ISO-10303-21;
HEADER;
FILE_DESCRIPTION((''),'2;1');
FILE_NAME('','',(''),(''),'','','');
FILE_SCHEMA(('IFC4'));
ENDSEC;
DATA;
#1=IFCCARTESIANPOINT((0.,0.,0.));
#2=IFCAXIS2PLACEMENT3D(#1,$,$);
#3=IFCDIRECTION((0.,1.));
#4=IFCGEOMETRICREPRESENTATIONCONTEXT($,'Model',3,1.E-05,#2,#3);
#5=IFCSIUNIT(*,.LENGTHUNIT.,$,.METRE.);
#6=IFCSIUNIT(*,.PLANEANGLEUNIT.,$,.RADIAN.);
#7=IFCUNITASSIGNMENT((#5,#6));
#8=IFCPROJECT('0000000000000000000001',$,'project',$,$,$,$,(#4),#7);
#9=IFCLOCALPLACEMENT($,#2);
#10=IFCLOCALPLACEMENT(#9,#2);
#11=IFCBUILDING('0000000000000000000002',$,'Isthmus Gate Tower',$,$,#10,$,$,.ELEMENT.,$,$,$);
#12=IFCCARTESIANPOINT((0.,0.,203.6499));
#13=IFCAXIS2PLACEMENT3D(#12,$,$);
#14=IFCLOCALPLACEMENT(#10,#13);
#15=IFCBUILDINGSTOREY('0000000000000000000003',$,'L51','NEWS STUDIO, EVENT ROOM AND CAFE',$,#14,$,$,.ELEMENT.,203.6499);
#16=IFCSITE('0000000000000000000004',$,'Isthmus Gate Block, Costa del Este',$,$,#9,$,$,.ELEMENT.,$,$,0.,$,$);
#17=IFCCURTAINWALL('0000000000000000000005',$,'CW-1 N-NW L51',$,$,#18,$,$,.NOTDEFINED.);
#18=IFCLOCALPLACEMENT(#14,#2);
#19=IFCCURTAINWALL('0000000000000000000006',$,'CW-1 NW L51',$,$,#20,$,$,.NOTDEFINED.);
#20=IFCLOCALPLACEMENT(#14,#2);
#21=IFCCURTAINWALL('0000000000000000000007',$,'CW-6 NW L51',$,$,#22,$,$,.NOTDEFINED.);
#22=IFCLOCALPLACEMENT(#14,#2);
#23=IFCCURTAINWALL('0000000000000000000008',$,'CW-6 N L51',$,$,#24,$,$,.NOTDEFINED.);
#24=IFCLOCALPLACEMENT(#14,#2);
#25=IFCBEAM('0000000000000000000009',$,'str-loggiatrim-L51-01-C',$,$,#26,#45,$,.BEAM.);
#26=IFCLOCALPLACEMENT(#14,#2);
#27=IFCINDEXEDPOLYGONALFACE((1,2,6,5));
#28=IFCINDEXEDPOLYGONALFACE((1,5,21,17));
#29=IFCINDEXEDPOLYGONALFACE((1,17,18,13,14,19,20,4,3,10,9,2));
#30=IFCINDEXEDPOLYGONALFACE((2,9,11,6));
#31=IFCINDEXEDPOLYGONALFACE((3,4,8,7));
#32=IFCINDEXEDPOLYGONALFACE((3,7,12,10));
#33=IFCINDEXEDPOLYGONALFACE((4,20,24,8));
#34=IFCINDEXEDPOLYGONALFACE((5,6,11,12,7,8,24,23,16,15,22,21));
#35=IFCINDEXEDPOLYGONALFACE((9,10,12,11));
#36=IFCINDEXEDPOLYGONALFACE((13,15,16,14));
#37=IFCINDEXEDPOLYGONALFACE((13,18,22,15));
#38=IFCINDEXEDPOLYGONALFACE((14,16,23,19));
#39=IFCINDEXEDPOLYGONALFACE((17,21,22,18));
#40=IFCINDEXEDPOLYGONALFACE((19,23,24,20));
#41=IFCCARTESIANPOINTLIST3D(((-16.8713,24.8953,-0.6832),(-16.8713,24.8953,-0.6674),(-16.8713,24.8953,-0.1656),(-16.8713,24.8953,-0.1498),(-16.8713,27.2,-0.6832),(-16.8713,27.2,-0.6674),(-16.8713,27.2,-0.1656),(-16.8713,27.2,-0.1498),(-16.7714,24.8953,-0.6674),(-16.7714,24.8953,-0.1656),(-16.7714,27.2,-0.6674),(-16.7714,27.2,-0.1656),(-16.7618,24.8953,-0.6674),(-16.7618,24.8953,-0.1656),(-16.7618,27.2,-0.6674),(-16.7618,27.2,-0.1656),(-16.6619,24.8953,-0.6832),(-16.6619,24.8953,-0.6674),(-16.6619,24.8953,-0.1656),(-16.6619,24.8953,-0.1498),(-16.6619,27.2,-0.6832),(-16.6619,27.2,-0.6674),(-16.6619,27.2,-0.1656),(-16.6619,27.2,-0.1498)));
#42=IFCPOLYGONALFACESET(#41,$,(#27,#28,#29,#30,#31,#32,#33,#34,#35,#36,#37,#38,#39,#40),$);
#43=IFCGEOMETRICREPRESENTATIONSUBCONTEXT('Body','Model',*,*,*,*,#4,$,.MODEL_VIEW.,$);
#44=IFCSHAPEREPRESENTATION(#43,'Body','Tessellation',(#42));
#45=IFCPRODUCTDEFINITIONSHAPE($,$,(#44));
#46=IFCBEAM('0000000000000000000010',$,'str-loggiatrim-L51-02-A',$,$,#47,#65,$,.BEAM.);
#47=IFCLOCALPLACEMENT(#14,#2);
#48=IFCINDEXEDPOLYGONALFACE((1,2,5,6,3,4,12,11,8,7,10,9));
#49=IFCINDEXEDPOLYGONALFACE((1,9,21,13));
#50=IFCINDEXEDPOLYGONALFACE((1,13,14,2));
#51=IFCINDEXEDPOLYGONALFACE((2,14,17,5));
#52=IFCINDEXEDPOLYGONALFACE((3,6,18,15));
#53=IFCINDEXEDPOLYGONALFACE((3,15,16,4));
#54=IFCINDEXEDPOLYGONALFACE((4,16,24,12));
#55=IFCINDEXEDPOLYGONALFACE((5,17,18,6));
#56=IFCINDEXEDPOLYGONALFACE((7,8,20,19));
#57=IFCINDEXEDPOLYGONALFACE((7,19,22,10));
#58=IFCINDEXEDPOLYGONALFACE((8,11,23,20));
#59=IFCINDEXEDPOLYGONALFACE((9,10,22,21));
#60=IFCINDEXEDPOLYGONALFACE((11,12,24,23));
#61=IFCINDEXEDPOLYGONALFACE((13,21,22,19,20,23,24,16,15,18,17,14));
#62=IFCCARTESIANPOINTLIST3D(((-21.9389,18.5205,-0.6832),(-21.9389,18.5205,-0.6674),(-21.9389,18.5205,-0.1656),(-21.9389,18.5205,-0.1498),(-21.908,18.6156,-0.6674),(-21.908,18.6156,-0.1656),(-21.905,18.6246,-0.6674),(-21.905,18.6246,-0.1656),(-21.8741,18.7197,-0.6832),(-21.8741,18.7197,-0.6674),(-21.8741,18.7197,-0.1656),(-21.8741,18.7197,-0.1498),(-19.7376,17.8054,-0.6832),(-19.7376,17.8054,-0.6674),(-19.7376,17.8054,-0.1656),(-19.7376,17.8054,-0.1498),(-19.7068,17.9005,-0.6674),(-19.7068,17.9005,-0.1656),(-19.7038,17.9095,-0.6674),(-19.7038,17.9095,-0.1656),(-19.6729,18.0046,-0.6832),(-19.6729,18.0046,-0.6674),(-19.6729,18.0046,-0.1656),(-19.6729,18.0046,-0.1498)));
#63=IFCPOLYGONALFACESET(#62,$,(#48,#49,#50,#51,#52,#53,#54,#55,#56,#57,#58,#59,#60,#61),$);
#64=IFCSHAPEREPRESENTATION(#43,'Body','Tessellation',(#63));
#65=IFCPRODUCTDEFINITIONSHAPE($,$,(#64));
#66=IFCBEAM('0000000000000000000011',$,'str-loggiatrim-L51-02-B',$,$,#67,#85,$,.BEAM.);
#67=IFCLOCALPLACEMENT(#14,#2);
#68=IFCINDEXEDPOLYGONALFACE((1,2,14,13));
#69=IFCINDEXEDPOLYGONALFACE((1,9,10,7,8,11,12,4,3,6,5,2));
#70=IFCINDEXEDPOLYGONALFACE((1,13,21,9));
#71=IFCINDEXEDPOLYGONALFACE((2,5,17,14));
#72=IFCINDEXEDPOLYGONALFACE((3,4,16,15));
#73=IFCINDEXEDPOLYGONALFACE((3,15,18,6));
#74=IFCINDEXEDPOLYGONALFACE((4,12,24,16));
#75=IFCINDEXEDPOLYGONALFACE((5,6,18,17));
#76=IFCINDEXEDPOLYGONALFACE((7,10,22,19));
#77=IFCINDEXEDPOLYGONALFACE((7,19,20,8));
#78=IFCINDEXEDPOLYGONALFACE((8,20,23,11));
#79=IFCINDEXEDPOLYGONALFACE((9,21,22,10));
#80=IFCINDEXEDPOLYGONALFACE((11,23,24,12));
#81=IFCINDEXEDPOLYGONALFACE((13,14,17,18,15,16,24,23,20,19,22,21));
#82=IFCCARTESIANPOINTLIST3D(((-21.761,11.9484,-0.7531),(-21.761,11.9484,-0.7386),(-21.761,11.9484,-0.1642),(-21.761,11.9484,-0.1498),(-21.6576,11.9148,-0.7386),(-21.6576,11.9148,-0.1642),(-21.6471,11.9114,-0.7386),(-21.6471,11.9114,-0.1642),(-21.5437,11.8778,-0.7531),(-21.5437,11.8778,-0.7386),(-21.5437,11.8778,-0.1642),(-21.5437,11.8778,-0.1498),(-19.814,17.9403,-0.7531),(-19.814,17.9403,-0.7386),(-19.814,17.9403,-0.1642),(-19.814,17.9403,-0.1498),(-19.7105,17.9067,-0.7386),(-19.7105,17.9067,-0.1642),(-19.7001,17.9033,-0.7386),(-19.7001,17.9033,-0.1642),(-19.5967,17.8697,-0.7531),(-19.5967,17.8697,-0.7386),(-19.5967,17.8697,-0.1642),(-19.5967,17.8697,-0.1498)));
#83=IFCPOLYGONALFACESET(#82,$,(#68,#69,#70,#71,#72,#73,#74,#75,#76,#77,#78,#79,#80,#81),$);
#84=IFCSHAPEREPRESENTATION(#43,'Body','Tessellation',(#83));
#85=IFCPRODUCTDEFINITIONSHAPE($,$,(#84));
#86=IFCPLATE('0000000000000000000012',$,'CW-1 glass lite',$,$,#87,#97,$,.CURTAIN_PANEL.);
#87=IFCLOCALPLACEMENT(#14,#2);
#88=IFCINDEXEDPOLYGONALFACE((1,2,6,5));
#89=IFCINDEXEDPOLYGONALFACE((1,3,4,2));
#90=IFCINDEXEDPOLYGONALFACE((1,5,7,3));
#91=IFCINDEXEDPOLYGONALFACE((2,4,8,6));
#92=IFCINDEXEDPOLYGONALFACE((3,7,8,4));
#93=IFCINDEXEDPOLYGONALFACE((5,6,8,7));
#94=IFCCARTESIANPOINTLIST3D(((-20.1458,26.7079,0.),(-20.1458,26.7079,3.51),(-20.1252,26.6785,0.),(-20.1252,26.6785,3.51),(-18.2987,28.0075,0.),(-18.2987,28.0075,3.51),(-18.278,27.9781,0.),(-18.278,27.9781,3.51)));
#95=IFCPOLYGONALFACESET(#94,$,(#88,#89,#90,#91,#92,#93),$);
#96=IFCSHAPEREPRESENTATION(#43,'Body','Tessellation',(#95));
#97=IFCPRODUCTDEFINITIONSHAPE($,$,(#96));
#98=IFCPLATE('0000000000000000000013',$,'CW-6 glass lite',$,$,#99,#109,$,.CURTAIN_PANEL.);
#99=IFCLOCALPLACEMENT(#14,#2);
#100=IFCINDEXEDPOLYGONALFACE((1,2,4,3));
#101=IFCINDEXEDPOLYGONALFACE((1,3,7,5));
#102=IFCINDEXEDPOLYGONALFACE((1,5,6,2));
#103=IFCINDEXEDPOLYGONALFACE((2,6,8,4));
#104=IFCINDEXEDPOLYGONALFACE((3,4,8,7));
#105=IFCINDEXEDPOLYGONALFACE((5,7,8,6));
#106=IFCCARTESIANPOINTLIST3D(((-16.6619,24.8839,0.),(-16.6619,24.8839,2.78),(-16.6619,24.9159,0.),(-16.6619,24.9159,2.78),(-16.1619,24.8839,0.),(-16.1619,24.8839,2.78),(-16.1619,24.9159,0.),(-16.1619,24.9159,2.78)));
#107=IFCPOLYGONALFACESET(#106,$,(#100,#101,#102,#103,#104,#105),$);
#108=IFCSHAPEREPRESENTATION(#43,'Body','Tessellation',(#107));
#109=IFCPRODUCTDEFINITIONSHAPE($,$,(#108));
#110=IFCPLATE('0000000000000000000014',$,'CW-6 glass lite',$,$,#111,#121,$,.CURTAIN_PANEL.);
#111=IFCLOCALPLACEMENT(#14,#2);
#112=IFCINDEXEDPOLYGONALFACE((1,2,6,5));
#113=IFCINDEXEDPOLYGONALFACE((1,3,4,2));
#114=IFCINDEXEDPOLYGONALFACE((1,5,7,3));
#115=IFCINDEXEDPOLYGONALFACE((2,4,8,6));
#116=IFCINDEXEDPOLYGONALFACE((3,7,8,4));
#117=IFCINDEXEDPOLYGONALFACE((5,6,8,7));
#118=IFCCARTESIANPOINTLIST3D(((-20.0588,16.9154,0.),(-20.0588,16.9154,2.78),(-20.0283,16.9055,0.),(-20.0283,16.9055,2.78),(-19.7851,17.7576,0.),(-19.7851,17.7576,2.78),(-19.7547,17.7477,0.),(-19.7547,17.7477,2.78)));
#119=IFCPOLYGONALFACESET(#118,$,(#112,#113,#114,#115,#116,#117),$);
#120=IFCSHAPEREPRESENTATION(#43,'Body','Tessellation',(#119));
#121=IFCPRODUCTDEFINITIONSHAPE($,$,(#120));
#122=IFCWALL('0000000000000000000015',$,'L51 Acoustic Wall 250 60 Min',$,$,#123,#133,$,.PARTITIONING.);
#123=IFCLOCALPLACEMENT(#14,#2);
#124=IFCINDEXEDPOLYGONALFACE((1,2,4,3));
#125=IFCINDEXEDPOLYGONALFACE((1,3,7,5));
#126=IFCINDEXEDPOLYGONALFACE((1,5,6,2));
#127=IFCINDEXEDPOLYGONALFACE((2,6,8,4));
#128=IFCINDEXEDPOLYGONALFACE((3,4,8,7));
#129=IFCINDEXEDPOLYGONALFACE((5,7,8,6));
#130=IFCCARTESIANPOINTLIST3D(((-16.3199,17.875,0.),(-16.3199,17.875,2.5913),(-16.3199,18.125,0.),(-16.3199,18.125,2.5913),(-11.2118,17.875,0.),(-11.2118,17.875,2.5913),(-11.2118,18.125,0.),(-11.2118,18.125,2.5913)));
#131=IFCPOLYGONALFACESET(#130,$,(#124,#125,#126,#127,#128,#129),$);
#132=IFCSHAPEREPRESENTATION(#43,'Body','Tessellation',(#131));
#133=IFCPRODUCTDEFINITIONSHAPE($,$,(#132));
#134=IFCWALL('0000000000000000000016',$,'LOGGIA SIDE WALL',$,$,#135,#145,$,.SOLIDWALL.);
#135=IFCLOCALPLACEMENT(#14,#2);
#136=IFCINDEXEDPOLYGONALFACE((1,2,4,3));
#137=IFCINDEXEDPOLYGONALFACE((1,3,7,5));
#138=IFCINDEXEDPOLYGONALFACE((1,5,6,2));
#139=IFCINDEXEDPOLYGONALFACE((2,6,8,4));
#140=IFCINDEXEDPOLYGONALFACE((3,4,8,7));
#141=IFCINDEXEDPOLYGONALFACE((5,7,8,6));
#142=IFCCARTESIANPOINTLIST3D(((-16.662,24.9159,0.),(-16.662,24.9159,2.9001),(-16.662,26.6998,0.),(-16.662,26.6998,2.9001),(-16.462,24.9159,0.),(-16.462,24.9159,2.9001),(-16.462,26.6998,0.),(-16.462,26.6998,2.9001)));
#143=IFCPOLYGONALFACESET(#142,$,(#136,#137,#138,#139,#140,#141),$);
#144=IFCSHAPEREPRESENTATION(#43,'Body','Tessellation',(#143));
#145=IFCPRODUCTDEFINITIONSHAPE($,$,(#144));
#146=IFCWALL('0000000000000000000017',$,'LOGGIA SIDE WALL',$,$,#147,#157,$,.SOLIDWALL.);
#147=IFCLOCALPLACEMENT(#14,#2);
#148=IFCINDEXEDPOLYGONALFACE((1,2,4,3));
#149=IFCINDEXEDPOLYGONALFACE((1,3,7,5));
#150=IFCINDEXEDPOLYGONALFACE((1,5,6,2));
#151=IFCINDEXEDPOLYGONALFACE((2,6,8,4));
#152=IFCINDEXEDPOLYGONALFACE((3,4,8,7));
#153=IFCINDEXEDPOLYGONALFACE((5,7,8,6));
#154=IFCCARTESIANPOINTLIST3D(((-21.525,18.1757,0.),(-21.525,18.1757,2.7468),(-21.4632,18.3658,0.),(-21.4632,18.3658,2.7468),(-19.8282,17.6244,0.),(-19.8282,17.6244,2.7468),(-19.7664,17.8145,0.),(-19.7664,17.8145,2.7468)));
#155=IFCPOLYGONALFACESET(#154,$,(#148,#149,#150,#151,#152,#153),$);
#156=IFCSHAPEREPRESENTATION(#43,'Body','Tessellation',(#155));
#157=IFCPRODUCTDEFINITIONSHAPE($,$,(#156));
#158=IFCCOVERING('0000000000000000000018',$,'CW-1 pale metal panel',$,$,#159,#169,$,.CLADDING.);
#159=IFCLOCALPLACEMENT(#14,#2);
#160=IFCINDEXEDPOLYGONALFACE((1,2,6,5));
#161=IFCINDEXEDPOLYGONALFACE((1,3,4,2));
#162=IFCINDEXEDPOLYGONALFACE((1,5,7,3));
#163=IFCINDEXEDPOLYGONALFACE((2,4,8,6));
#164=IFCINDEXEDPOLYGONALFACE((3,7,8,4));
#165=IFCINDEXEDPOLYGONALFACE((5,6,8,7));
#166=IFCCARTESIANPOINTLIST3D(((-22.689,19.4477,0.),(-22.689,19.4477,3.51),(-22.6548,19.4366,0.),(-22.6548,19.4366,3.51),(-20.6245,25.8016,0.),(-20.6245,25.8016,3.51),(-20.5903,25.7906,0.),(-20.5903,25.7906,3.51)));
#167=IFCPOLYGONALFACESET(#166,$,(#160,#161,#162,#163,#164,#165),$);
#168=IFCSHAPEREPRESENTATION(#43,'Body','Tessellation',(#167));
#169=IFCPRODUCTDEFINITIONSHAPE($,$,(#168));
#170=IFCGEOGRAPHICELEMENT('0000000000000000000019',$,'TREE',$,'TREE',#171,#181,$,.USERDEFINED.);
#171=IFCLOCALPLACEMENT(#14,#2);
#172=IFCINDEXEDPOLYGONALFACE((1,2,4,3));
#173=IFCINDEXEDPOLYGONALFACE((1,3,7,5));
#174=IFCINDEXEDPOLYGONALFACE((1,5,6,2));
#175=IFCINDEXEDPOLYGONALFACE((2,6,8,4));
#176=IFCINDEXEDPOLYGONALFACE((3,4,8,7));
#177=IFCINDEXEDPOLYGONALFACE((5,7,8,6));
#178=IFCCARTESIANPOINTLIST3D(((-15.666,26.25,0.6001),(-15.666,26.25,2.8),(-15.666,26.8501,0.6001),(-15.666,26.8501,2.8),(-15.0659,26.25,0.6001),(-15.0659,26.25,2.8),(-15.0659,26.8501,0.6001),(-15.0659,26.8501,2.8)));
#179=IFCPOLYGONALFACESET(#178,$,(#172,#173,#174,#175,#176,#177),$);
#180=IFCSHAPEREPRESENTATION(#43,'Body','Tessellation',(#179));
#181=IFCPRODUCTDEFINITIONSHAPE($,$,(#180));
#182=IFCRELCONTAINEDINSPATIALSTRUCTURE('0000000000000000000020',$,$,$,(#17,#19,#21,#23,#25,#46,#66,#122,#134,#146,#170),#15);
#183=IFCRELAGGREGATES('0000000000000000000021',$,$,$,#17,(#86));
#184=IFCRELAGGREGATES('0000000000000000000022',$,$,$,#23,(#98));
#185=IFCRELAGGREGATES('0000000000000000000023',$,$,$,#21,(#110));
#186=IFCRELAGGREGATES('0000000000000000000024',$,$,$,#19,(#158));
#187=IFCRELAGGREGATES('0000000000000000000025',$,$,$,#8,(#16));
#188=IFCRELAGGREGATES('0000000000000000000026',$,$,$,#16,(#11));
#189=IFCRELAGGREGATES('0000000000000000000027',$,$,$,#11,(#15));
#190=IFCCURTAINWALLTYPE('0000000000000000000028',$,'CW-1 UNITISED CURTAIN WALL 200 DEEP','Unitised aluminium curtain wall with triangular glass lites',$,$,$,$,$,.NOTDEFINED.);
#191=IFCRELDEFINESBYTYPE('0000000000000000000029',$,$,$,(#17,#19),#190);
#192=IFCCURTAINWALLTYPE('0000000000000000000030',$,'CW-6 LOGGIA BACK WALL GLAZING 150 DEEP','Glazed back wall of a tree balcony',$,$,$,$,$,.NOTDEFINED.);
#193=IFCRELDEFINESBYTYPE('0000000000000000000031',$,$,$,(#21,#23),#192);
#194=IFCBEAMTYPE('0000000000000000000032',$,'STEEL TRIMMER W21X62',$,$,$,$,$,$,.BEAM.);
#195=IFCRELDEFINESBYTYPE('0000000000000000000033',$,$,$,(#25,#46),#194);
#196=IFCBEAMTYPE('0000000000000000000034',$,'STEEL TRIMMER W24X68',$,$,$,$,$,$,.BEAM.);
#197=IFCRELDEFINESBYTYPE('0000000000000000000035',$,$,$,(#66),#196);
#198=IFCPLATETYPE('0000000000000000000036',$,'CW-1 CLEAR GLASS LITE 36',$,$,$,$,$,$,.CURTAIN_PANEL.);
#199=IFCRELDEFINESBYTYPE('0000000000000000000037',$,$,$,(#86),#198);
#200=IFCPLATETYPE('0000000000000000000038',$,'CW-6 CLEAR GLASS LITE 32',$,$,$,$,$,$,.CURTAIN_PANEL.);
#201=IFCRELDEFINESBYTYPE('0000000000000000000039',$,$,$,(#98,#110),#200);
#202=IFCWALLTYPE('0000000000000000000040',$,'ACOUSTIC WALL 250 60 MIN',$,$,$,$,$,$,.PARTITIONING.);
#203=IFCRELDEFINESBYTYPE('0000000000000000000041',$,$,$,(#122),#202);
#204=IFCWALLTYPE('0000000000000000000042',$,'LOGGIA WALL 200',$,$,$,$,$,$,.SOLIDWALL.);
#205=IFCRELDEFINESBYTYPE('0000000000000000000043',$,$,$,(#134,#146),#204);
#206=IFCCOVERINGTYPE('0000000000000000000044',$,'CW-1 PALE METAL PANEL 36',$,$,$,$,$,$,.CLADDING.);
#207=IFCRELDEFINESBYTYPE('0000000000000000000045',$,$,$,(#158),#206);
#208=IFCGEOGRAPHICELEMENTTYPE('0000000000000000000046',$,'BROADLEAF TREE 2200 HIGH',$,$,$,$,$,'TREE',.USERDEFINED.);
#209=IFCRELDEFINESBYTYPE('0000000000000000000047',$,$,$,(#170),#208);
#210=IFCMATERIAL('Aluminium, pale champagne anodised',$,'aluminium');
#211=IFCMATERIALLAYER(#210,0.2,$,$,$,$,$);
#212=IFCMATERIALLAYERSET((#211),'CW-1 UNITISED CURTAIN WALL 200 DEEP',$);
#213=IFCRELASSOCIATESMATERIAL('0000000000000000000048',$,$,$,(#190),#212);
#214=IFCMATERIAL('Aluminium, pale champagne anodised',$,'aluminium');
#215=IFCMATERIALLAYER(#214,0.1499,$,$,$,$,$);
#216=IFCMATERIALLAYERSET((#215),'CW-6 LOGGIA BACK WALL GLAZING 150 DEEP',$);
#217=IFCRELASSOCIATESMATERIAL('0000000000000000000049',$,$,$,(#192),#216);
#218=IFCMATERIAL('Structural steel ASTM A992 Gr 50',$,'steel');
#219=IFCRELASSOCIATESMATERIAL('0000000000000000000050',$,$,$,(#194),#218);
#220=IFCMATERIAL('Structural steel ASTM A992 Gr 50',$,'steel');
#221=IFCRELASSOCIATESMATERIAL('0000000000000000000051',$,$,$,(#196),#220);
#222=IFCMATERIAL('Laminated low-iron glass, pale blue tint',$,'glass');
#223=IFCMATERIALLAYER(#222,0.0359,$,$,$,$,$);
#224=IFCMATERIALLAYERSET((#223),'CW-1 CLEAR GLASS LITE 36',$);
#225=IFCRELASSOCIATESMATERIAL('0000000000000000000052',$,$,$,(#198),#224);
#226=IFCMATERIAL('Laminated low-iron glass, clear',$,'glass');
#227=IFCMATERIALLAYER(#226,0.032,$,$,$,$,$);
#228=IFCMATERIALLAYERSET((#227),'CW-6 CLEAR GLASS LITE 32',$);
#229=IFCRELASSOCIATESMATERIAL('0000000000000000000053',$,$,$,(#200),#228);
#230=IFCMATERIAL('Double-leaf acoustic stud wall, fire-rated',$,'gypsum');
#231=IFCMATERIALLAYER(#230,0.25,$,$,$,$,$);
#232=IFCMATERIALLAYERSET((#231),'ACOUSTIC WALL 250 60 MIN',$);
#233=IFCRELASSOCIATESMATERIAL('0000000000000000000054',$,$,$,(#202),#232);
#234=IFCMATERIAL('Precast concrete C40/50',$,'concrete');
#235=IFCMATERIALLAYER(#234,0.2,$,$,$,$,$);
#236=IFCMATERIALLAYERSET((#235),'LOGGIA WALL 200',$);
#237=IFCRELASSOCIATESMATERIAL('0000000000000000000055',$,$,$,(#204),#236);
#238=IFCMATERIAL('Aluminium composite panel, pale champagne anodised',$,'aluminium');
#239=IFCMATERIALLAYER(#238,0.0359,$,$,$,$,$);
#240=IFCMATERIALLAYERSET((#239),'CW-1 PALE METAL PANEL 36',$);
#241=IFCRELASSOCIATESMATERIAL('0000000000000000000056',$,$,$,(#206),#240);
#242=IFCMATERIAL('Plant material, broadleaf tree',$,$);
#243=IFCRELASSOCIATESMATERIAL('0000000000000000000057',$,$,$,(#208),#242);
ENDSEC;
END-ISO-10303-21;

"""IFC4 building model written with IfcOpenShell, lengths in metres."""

from ifc_helpers import new_model, si_unit, direction, frame, frame_2d, origin, origin_2d, place, context, subcontext, project, spatial, rectangle, i_section, extrude, material, layer, layer_set, material_profile, profile_set, type_object, element, aggregate, save


model = new_model("IFC4")

# Units and contexts
model_context = context("Model", 3, precision=1e-05, world=origin(), true_north=direction((0.0, 1.0)))
body_context = subcontext(model_context, "Body", "Model", "MODEL_VIEW")
ifc_project = project(units=[si_unit("LENGTHUNIT", "METRE"), si_unit("PLANEANGLEUNIT", "RADIAN")], contexts=[model_context])

# Site, building, storey
site_placement = place(None, origin())
site = spatial("IfcSite", under=ifc_project, at=site_placement, Name="Isthmus Gate Block, Costa del Este", CompositionType="ELEMENT", RefElevation=0.0)
building_placement = place(site_placement, origin())
building = spatial("IfcBuilding", under=site, at=building_placement, Name="Isthmus Gate Tower", CompositionType="ELEMENT")
storey_placement = place(building_placement, frame((0.0, 0.0, 203.6499)))
storey = spatial("IfcBuildingStorey", under=building, at=storey_placement, Name="L51", Description="NEWS STUDIO, EVENT ROOM AND CAFE", CompositionType="ELEMENT", Elevation=203.6499)

# Curtain walls
ifc_material_1 = material(Name="Aluminium, pale champagne anodised", Category="aluminium")
ifc_layer_1 = layer(ifc_material_1, 0.2)
ifc_layer_set_1 = layer_set([ifc_layer_1], Name="CW-1 UNITISED CURTAIN WALL 200 DEEP")
curtain_wall_type_1 = type_object("IfcCurtainWallType", Name="CW-1 UNITISED CURTAIN WALL 200 DEEP", Description="Unitised aluminium curtain wall with triangular glass lites", PredefinedType="NOTDEFINED", material=ifc_layer_set_1)
curtain_wall_1_placement = place(storey_placement, origin())
curtain_wall_1 = element("IfcCurtainWall", 1, at=curtain_wall_1_placement, inside=storey, type_object=curtain_wall_type_1, Name="CW-1 N-NW L51", PredefinedType="NOTDEFINED")
curtain_wall_2_placement = place(storey_placement, origin())
curtain_wall_2 = element("IfcCurtainWall", 2, at=curtain_wall_2_placement, inside=storey, type_object=curtain_wall_type_1, Name="CW-1 NW L51", PredefinedType="NOTDEFINED")

# Curtain walls
ifc_material_2 = material(Name="Aluminium, pale champagne anodised", Category="aluminium")
ifc_layer_2 = layer(ifc_material_2, 0.1499)
ifc_layer_set_2 = layer_set([ifc_layer_2], Name="CW-6 LOGGIA BACK WALL GLAZING 150 DEEP")
curtain_wall_type_2 = type_object("IfcCurtainWallType", Name="CW-6 LOGGIA BACK WALL GLAZING 150 DEEP", Description="Glazed back wall of a tree balcony", PredefinedType="NOTDEFINED", material=ifc_layer_set_2)
curtain_wall_3_placement = place(storey_placement, origin())
curtain_wall_3 = element("IfcCurtainWall", 3, at=curtain_wall_3_placement, inside=storey, type_object=curtain_wall_type_2, Name="CW-6 NW L51", PredefinedType="NOTDEFINED")
curtain_wall_4_placement = place(storey_placement, origin())
curtain_wall_4 = element("IfcCurtainWall", 4, at=curtain_wall_4_placement, inside=storey, type_object=curtain_wall_type_2, Name="CW-6 N L51", PredefinedType="NOTDEFINED")

# Beams
ifc_material_3 = material(Name="Structural steel ASTM A992 Gr 50", Category="steel")
ifc_material_profile_1 = material_profile(ifc_material_3, i_section(OverallWidth=0.2095, OverallDepth=0.5334, WebThickness=0.0095, FlangeThickness=0.0159, at=origin_2d()), Name="W21X62")
ifc_profile_set_1 = profile_set([ifc_material_profile_1], Name="Structural steel ASTM A992 Gr 50")
beam_type_1 = type_object("IfcBeamType", Name="STEEL TRIMMER W21X62", PredefinedType="BEAM", material=ifc_profile_set_1)
beam_1_placement = place(storey_placement, frame((-16.7666, 27.2, -0.4165), z_axis=(0.0, -1.0, 0.0), x_axis=(1.0, 0.0, 0.0)))
element("IfcBeam", 5, at=beam_1_placement, inside=storey, type_object=beam_type_1, Name="str-loggiatrim-L51-01-C", PredefinedType="BEAM", context=body_context, shape_type="SweptSolid", body=[
    extrude(i_section(OverallWidth=0.2095, OverallDepth=0.5334, WebThickness=0.0095, FlangeThickness=0.0159, at=origin_2d()), origin(), (0.0, 0.0, 1.0), 2.3047),
])
beam_2_placement = place(storey_placement, frame((-21.9065, 18.6201, -0.4165), z_axis=(0.951071, -0.308972, 0.0), x_axis=(0.308972, 0.951071, 0.0)))
element("IfcBeam", 6, at=beam_2_placement, inside=storey, type_object=beam_type_1, Name="str-loggiatrim-L51-02-A", PredefinedType="BEAM", context=body_context, shape_type="SweptSolid", body=[
    extrude(i_section(OverallWidth=0.2095, OverallDepth=0.5334, WebThickness=0.0095, FlangeThickness=0.0159, at=origin_2d()), origin(), (0.0, 0.0, 1.0), 2.3145),
])
ifc_material_4 = material(Name="Structural steel ASTM A992 Gr 50", Category="steel")
ifc_material_profile_2 = material_profile(ifc_material_4, i_section(OverallWidth=0.2285, OverallDepth=0.6033, WebThickness=0.011, FlangeThickness=0.0144, at=origin_2d()), Name="W24X68")
ifc_profile_set_2 = profile_set([ifc_material_profile_2], Name="Structural steel ASTM A992 Gr 50")
beam_type_2 = type_object("IfcBeamType", Name="STEEL TRIMMER W24X68", PredefinedType="BEAM", material=ifc_profile_set_2)
beam_3_placement = place(storey_placement, frame((-19.7053, 17.905, -0.4514), z_axis=(-0.309034, -0.951051, 0.0), x_axis=(0.951051, -0.309034, 0.0)))
element("IfcBeam", 7, at=beam_3_placement, inside=storey, type_object=beam_type_2, Name="str-loggiatrim-L51-02-B", PredefinedType="BEAM", context=body_context, shape_type="SweptSolid", body=[
    extrude(i_section(OverallWidth=0.2285, OverallDepth=0.6033, WebThickness=0.011, FlangeThickness=0.0144, at=origin_2d()), origin(), (0.0, 0.0, 1.0), 6.3003),
])

# Plates
ifc_material_5 = material(Name="Laminated low-iron glass, pale blue tint", Category="glass")
ifc_layer_3 = layer(ifc_material_5, 0.0359)
ifc_layer_set_3 = layer_set([ifc_layer_3], Name="CW-1 CLEAR GLASS LITE 36")
plate_type_1 = type_object("IfcPlateType", Name="CW-1 CLEAR GLASS LITE 36", PredefinedType="CURTAIN_PANEL", material=ifc_layer_set_3)
plate_1_placement = place(storey_placement, frame((-19.2119, 27.343, 0.0), z_axis=(0.0, 0.0, 1.0), x_axis=(-0.81786, -0.575418, 0.0)))
plate_1 = element("IfcPlate", 8, at=plate_1_placement, type_object=plate_type_1, Name="CW-1 glass lite", PredefinedType="CURTAIN_PANEL", context=body_context, shape_type="SweptSolid", body=[
    extrude(rectangle(XDim=2.2585, YDim=0.0359, at=origin_2d()), origin(), (0.0, 0.0, 1.0), 3.51),
])
aggregate(curtain_wall_1, [plate_1])
ifc_material_6 = material(Name="Laminated low-iron glass, clear", Category="glass")
ifc_layer_4 = layer(ifc_material_6, 0.032)
ifc_layer_set_4 = layer_set([ifc_layer_4], Name="CW-6 CLEAR GLASS LITE 32")
plate_type_2 = type_object("IfcPlateType", Name="CW-6 CLEAR GLASS LITE 32", PredefinedType="CURTAIN_PANEL", material=ifc_layer_set_4)
plate_2_placement = place(storey_placement, frame((-16.4119, 24.8999, 0.0), z_axis=(0.0, 0.0, 1.0), x_axis=(-1.0, 0.0, 0.0)))
plate_2 = element("IfcPlate", 9, at=plate_2_placement, type_object=plate_type_2, Name="CW-6 glass lite", PredefinedType="CURTAIN_PANEL", context=body_context, shape_type="SweptSolid", body=[
    extrude(rectangle(XDim=0.5, YDim=0.032, at=origin_2d()), origin(), (0.0, 0.0, 1.0), 2.78),
])
aggregate(curtain_wall_4, [plate_2])
plate_3_placement = place(storey_placement, frame((-19.9067, 17.3315, 0.0), z_axis=(0.0, 0.0, 1.0), x_axis=(-0.309017, -0.951057, 0.0)))
plate_3 = element("IfcPlate", 10, at=plate_3_placement, type_object=plate_type_2, Name="CW-6 glass lite", PredefinedType="CURTAIN_PANEL", context=body_context, shape_type="SweptSolid", body=[
    extrude(rectangle(XDim=0.8855, YDim=0.032, at=origin_2d()), origin(), (0.0, 0.0, 1.0), 2.78),
])
aggregate(curtain_wall_3, [plate_3])

# Walls
ifc_material_7 = material(Name="Double-leaf acoustic stud wall, fire-rated", Category="gypsum")
ifc_layer_5 = layer(ifc_material_7, 0.25)
ifc_layer_set_5 = layer_set([ifc_layer_5], Name="ACOUSTIC WALL 250 60 MIN")
wall_type_1 = type_object("IfcWallType", Name="ACOUSTIC WALL 250 60 MIN", PredefinedType="PARTITIONING", material=ifc_layer_set_5)
wall_1_placement = place(storey_placement, frame((-16.3201, 18.0, 0.0), z_axis=(0.0, 0.0, 1.0), x_axis=(1.0, 0.0, 0.0)))
element("IfcWall", 11, at=wall_1_placement, inside=storey, type_object=wall_type_1, Name="L51 Acoustic Wall 250 60 Min", PredefinedType="PARTITIONING", context=body_context, shape_type="SweptSolid", body=[
    extrude(rectangle(XDim=5.1082, YDim=0.25, at=frame_2d((2.5542, 0.0))), origin(), (0.0, 0.0, 1.0), 2.5913),
])
ifc_material_8 = material(Name="Precast concrete C40/50", Category="concrete")
ifc_layer_6 = layer(ifc_material_8, 0.2)
ifc_layer_set_6 = layer_set([ifc_layer_6], Name="LOGGIA WALL 200")
wall_type_2 = type_object("IfcWallType", Name="LOGGIA WALL 200", PredefinedType="SOLIDWALL", material=ifc_layer_set_6)
wall_2_placement = place(storey_placement, frame((-16.562, 26.7, 0.0), z_axis=(0.0, 0.0, 1.0), x_axis=(0.0, -1.0, 0.0)))
element("IfcWall", 12, at=wall_2_placement, inside=storey, type_object=wall_type_2, Name="LOGGIA SIDE WALL", PredefinedType="SOLIDWALL", context=body_context, shape_type="SweptSolid", body=[
    extrude(rectangle(XDim=1.7839, YDim=0.2, at=frame_2d((0.8921, 0.0))), origin(), (0.0, 0.0, 1.0), 2.9001),
])
wall_3_placement = place(storey_placement, frame((-21.4941, 18.2708, 0.0), z_axis=(0.0, 0.0, 1.0), x_axis=(0.951064, -0.308993, 0.0)))
element("IfcWall", 13, at=wall_3_placement, inside=storey, type_object=wall_type_2, Name="LOGGIA SIDE WALL", PredefinedType="SOLIDWALL", context=body_context, shape_type="SweptSolid", body=[
    extrude(rectangle(XDim=1.7842, YDim=0.2, at=frame_2d((0.8921, 0.0))), origin(), (0.0, 0.0, 1.0), 2.7468),
])

# Covering
ifc_material_9 = material(Name="Aluminium composite panel, pale champagne anodised", Category="aluminium")
ifc_layer_7 = layer(ifc_material_9, 0.0359)
ifc_layer_set_7 = layer_set([ifc_layer_7], Name="CW-1 PALE METAL PANEL 36")
covering_type = type_object("IfcCoveringType", Name="CW-1 PALE METAL PANEL 36", PredefinedType="CLADDING", material=ifc_layer_set_7)
covering_placement = place(storey_placement, frame((-21.6396, 22.6191, 0.0), z_axis=(0.0, 0.0, 1.0), x_axis=(-0.309017, -0.951057, 0.0)))
covering = element("IfcCovering", 14, at=covering_placement, type_object=covering_type, Name="CW-1 pale metal panel", PredefinedType="CLADDING", context=body_context, shape_type="SweptSolid", body=[
    extrude(rectangle(XDim=6.6809, YDim=0.0359, at=origin_2d()), origin(), (0.0, 0.0, 1.0), 3.51),
])
aggregate(curtain_wall_2, [covering])

# Geographic element
ifc_material_10 = material(Name="Plant material, broadleaf tree")
geographic_element_type = type_object("IfcGeographicElementType", Name="BROADLEAF TREE 2200 HIGH", ElementType="TREE", PredefinedType="USERDEFINED", material=ifc_material_10)
geographic_element_placement = place(storey_placement, frame((-15.366, 26.55, 0.6001), z_axis=(0.0, 0.0, 1.0), x_axis=(-1.0, 0.0, 0.0)))
element("IfcGeographicElement", 15, at=geographic_element_placement, inside=storey, type_object=geographic_element_type, Name="TREE", ObjectType="TREE", PredefinedType="USERDEFINED", context=body_context, shape_type="SweptSolid", body=[
    extrude(rectangle(XDim=0.6001, YDim=0.6001, at=origin_2d()), origin(), (0.0, 0.0, 1.0), 2.2),
])

save(model, "model.ifc")
